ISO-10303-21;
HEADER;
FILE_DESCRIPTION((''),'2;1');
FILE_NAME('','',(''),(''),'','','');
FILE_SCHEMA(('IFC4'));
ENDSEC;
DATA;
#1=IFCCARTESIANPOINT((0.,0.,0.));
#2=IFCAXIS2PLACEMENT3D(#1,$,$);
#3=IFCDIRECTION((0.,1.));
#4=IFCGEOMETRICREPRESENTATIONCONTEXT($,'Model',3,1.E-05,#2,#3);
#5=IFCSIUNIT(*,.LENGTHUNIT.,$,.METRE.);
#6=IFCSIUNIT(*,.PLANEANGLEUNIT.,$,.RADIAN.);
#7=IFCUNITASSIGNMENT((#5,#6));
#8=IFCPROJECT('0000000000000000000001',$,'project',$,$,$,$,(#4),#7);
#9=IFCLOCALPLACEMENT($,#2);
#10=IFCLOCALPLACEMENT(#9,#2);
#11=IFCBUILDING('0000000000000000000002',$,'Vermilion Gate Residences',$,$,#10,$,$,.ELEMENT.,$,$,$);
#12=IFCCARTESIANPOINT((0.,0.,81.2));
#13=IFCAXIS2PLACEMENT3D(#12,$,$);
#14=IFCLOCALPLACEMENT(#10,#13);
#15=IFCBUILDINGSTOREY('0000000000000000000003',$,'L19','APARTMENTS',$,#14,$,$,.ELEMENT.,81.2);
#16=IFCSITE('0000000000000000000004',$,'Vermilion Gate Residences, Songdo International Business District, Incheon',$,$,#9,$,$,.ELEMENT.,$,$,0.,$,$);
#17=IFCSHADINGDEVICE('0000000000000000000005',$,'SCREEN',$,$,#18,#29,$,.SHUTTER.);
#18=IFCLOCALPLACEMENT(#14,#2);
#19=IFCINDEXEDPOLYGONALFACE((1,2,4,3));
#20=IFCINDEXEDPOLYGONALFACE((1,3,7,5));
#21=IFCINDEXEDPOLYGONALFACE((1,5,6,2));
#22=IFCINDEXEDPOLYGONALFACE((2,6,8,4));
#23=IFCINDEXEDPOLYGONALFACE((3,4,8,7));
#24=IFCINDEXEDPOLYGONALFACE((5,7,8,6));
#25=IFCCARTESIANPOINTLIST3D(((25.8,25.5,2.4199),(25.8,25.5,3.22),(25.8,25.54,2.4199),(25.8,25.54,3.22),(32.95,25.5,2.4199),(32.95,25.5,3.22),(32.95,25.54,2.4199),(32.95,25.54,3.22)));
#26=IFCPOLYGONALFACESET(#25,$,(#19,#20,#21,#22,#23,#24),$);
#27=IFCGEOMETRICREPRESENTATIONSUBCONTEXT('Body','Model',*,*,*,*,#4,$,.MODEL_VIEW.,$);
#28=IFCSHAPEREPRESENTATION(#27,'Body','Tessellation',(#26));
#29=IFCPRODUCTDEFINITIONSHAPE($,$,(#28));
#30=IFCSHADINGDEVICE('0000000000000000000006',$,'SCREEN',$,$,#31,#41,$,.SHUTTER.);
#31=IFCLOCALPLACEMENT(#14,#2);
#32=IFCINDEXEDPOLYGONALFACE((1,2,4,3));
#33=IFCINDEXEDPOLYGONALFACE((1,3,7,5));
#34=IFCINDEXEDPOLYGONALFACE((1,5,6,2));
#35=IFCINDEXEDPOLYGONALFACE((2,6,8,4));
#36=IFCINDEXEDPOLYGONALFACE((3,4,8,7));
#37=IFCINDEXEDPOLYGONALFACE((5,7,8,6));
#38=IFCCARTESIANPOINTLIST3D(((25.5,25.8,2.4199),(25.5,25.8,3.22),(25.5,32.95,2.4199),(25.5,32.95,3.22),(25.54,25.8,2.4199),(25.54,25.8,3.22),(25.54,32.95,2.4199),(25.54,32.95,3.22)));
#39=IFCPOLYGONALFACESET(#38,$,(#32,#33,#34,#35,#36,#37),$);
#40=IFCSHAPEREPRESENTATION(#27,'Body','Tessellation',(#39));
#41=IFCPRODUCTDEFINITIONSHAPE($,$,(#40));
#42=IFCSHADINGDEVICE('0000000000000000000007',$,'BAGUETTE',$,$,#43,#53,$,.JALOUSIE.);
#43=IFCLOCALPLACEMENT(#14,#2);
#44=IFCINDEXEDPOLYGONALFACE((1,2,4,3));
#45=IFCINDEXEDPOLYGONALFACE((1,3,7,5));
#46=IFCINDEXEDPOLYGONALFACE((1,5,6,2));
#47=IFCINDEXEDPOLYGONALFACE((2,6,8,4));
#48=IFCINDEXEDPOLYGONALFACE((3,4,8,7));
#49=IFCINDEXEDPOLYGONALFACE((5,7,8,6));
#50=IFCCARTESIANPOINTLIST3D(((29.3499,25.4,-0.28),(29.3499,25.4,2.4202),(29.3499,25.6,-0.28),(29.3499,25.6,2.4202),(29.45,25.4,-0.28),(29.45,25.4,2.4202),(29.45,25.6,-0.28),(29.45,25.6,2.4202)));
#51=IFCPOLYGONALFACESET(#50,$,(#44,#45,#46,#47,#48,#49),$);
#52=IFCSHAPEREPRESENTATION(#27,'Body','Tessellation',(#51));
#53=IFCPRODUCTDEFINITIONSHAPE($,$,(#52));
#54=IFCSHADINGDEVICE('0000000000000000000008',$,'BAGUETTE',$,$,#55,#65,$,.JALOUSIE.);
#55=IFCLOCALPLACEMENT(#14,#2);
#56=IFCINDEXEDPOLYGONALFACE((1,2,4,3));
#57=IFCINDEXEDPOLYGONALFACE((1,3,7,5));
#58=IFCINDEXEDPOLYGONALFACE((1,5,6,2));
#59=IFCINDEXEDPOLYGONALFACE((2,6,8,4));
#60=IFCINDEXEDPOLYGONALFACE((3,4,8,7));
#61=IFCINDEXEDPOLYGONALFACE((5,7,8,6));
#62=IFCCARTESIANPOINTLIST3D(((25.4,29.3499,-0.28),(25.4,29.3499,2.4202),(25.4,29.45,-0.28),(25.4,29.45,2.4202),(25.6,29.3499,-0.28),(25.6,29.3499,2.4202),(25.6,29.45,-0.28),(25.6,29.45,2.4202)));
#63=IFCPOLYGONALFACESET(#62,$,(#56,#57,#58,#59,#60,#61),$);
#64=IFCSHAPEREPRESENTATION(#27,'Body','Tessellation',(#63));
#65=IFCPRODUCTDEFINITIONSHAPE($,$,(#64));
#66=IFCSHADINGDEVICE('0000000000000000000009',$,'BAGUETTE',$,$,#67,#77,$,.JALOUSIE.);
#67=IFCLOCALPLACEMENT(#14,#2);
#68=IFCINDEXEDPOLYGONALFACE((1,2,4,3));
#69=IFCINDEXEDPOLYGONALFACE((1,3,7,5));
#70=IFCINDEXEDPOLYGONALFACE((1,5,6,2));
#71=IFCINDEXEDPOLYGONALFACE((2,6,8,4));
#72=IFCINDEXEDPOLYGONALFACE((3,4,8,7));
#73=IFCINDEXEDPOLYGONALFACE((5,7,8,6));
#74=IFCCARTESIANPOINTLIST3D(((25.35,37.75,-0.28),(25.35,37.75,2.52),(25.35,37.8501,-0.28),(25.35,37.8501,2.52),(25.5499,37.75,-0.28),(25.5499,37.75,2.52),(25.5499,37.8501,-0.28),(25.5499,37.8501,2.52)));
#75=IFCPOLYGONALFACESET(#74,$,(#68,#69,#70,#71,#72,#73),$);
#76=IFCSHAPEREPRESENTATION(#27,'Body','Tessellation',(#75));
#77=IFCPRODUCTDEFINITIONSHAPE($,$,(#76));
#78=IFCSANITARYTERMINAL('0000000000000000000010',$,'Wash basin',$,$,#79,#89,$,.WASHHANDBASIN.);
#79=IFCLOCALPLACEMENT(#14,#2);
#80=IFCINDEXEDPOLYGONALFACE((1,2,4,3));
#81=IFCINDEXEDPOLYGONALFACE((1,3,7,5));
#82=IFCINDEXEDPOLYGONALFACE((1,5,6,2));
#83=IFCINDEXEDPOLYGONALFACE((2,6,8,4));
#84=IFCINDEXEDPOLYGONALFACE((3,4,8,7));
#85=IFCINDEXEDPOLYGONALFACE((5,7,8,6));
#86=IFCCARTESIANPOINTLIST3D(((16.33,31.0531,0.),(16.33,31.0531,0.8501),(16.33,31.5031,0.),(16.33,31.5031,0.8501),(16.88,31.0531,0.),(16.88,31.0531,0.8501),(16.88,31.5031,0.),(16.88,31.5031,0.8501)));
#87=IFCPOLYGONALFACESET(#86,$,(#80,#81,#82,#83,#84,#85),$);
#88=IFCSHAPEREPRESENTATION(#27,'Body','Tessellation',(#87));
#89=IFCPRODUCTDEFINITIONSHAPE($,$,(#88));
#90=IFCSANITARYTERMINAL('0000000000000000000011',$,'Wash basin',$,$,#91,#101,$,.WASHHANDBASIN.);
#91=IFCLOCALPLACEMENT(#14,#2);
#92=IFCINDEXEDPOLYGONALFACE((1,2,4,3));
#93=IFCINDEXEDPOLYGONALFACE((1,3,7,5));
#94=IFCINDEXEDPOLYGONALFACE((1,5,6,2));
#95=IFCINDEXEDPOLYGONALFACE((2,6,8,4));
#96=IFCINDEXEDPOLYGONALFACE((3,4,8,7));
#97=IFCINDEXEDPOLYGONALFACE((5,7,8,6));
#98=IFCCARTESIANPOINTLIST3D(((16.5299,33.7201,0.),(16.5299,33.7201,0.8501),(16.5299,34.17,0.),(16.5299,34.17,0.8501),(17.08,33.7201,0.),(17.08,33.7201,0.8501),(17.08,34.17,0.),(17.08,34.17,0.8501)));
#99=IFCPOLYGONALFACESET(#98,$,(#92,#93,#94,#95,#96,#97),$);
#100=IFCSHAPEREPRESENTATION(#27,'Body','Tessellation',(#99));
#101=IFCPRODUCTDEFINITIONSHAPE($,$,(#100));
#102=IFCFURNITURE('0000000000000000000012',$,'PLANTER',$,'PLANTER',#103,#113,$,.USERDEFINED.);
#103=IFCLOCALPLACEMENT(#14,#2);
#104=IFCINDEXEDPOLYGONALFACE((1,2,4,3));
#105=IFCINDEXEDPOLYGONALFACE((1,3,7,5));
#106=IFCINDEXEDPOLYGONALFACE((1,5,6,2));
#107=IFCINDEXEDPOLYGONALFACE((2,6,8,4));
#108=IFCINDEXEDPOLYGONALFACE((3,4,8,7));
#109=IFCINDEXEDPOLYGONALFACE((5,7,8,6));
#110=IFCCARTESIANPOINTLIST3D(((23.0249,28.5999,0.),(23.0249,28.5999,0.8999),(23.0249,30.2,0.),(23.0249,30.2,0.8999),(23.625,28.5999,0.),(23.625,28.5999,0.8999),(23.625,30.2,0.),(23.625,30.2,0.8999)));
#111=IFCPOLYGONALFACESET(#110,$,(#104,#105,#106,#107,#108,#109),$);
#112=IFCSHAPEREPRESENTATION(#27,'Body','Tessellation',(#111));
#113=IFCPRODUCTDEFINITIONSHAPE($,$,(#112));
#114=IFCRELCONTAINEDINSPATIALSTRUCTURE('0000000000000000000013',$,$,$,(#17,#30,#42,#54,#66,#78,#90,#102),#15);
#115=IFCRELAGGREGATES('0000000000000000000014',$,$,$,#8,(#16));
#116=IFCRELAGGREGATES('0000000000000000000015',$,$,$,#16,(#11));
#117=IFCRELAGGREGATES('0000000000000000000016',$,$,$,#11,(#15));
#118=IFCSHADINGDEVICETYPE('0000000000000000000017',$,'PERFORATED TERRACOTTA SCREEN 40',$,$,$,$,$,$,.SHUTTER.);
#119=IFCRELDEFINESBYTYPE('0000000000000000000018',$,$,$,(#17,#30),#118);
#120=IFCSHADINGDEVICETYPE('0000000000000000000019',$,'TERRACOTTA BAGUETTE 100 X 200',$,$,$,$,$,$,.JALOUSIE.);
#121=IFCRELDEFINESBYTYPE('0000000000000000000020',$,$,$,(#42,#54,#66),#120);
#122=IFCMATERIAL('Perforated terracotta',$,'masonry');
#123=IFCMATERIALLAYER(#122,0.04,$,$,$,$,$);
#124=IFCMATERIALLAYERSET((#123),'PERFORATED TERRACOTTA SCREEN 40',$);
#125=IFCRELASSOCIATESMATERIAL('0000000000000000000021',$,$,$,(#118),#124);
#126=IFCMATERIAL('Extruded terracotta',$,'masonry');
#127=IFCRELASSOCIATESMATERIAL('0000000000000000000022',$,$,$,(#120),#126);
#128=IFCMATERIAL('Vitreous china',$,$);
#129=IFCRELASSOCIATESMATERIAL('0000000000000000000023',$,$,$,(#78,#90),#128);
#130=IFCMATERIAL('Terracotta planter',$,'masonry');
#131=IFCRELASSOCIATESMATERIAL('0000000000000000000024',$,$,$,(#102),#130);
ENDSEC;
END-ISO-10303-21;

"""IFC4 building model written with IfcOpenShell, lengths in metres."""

from ifc_helpers import new_model, si_unit, direction, frame, origin, origin_2d, place, context, subcontext, project, spatial, rectangle, extrude, material, layer, layer_set, material_profile, profile_set, type_object, element, save


model = new_model("IFC4")

# Units and contexts
model_context = context("Model", 3, precision=1e-05, world=origin(), true_north=direction((0.0, 1.0)))
body_context = subcontext(model_context, "Body", "Model", "MODEL_VIEW")
ifc_project = project(units=[si_unit("LENGTHUNIT", "METRE"), si_unit("PLANEANGLEUNIT", "RADIAN")], contexts=[model_context])

# Site, building, storey
site_placement = place(None, origin())
site = spatial("IfcSite", under=ifc_project, at=site_placement, Name="Vermilion Gate Residences, Songdo International Business District, Incheon", CompositionType="ELEMENT", RefElevation=0.0)
building_placement = place(site_placement, origin())
building = spatial("IfcBuilding", under=site, at=building_placement, Name="Vermilion Gate Residences", CompositionType="ELEMENT")
storey_placement = place(building_placement, frame((0.0, 0.0, 81.2)))
storey = spatial("IfcBuildingStorey", under=building, at=storey_placement, Name="L19", Description="APARTMENTS", CompositionType="ELEMENT", Elevation=81.2)

# Shading devices
ifc_material_1 = material(Name="Perforated terracotta", Category="masonry")
ifc_layer_1 = layer(ifc_material_1, 0.04)
ifc_layer_set_1 = layer_set([ifc_layer_1], Name="PERFORATED TERRACOTTA SCREEN 40")
shading_device_type_1 = type_object("IfcShadingDeviceType", Name="PERFORATED TERRACOTTA SCREEN 40", PredefinedType="SHUTTER", material=ifc_layer_set_1)
for number, where, z_axis, x_axis, name in (
    (1, (29.375, 25.52, 2.4199), (0.0, 0.0, 1.0), (-1.0, 0.0, 0.0), "SCREEN"),
    (2, (25.52, 29.375, 2.4199), (0.0, 0.0, 1.0), (0.0, 1.0, 0.0), "SCREEN"),
):
    element("IfcShadingDevice", number, at=place(storey_placement, frame(where, z_axis=z_axis, x_axis=x_axis)), inside=storey, type_object=shading_device_type_1, Name=name, PredefinedType="SHUTTER", context=body_context, shape_type="SweptSolid", body=[
        extrude(rectangle(XDim=7.1499, YDim=0.04, at=origin_2d()), origin(), (0.0, 0.0, 1.0), 0.8),
    ])
ifc_material_2 = material(Name="Extruded terracotta", Category="masonry")
ifc_material_profile_1 = material_profile(ifc_material_2, rectangle(XDim=0.2, YDim=0.1001, at=origin_2d()), Name="BAGUETTE 100 X 200")
ifc_profile_set_1 = profile_set([ifc_material_profile_1], Name="Extruded terracotta")
shading_device_type_2 = type_object("IfcShadingDeviceType", Name="TERRACOTTA BAGUETTE 100 X 200", PredefinedType="JALOUSIE", material=ifc_profile_set_1)
for number, where, z_axis, x_axis, name in (
    (3, (29.3999, 25.5, -0.28), (0.0, 0.0, 1.0), (0.0, -1.0, 0.0), "BAGUETTE"),
    (4, (25.5, 29.3999, -0.28), (0.0, 0.0, 1.0), (-1.0, 0.0, 0.0), "BAGUETTE"),
):
    element("IfcShadingDevice", number, at=place(storey_placement, frame(where, z_axis=z_axis, x_axis=x_axis)), inside=storey, type_object=shading_device_type_2, Name=name, PredefinedType="JALOUSIE", context=body_context, shape_type="SweptSolid", body=[
        extrude(rectangle(XDim=0.2, YDim=0.1001, at=origin_2d()), origin(), (0.0, 0.0, 1.0), 2.7002),
    ])
shading_device_placement = place(storey_placement, frame((25.45, 37.8, -0.28), z_axis=(0.0, 0.0, 1.0), x_axis=(-1.0, 0.0, 0.0)))
element("IfcShadingDevice", 5, at=shading_device_placement, inside=storey, type_object=shading_device_type_2, Name="BAGUETTE", PredefinedType="JALOUSIE", context=body_context, shape_type="SweptSolid", body=[
    extrude(rectangle(XDim=0.2, YDim=0.1001, at=origin_2d()), origin(), (0.0, 0.0, 1.0), 2.8),
])

# Sanitary terminals
ifc_material_3 = material(Name="Vitreous china")
for number, where, z_axis, x_axis, name in (
    (6, (16.605, 31.2781, 0.0), (0.0, 0.0, 1.0), (1.0, 0.0, 0.0), "Wash basin"),
    (7, (16.8049, 33.9451, 0.0), (0.0, 0.0, 1.0), (1.0, 0.0, 0.0), "Wash basin"),
):
    element("IfcSanitaryTerminal", number, at=place(storey_placement, frame(where, z_axis=z_axis, x_axis=x_axis)), inside=storey, material=ifc_material_3, Name=name, PredefinedType="WASHHANDBASIN", context=body_context, shape_type="SweptSolid", body=[
        extrude(rectangle(XDim=0.55, YDim=0.45, at=origin_2d()), origin(), (0.0, 0.0, 1.0), 0.8501),
    ])

# Furniture
ifc_material_4 = material(Name="Terracotta planter", Category="masonry")
furniture_placement = place(storey_placement, frame((23.325, 29.3999, 0.0), z_axis=(0.0, 0.0, 1.0), x_axis=(0.0, 1.0, 0.0)))
element("IfcFurniture", 8, at=furniture_placement, inside=storey, material=ifc_material_4, Name="PLANTER", ObjectType="PLANTER", PredefinedType="USERDEFINED", context=body_context, shape_type="SweptSolid", body=[
    extrude(rectangle(XDim=1.6001, YDim=0.6001, at=origin_2d()), origin(), (0.0, 0.0, 1.0), 0.8999),
])

save(model, "model.ifc")
